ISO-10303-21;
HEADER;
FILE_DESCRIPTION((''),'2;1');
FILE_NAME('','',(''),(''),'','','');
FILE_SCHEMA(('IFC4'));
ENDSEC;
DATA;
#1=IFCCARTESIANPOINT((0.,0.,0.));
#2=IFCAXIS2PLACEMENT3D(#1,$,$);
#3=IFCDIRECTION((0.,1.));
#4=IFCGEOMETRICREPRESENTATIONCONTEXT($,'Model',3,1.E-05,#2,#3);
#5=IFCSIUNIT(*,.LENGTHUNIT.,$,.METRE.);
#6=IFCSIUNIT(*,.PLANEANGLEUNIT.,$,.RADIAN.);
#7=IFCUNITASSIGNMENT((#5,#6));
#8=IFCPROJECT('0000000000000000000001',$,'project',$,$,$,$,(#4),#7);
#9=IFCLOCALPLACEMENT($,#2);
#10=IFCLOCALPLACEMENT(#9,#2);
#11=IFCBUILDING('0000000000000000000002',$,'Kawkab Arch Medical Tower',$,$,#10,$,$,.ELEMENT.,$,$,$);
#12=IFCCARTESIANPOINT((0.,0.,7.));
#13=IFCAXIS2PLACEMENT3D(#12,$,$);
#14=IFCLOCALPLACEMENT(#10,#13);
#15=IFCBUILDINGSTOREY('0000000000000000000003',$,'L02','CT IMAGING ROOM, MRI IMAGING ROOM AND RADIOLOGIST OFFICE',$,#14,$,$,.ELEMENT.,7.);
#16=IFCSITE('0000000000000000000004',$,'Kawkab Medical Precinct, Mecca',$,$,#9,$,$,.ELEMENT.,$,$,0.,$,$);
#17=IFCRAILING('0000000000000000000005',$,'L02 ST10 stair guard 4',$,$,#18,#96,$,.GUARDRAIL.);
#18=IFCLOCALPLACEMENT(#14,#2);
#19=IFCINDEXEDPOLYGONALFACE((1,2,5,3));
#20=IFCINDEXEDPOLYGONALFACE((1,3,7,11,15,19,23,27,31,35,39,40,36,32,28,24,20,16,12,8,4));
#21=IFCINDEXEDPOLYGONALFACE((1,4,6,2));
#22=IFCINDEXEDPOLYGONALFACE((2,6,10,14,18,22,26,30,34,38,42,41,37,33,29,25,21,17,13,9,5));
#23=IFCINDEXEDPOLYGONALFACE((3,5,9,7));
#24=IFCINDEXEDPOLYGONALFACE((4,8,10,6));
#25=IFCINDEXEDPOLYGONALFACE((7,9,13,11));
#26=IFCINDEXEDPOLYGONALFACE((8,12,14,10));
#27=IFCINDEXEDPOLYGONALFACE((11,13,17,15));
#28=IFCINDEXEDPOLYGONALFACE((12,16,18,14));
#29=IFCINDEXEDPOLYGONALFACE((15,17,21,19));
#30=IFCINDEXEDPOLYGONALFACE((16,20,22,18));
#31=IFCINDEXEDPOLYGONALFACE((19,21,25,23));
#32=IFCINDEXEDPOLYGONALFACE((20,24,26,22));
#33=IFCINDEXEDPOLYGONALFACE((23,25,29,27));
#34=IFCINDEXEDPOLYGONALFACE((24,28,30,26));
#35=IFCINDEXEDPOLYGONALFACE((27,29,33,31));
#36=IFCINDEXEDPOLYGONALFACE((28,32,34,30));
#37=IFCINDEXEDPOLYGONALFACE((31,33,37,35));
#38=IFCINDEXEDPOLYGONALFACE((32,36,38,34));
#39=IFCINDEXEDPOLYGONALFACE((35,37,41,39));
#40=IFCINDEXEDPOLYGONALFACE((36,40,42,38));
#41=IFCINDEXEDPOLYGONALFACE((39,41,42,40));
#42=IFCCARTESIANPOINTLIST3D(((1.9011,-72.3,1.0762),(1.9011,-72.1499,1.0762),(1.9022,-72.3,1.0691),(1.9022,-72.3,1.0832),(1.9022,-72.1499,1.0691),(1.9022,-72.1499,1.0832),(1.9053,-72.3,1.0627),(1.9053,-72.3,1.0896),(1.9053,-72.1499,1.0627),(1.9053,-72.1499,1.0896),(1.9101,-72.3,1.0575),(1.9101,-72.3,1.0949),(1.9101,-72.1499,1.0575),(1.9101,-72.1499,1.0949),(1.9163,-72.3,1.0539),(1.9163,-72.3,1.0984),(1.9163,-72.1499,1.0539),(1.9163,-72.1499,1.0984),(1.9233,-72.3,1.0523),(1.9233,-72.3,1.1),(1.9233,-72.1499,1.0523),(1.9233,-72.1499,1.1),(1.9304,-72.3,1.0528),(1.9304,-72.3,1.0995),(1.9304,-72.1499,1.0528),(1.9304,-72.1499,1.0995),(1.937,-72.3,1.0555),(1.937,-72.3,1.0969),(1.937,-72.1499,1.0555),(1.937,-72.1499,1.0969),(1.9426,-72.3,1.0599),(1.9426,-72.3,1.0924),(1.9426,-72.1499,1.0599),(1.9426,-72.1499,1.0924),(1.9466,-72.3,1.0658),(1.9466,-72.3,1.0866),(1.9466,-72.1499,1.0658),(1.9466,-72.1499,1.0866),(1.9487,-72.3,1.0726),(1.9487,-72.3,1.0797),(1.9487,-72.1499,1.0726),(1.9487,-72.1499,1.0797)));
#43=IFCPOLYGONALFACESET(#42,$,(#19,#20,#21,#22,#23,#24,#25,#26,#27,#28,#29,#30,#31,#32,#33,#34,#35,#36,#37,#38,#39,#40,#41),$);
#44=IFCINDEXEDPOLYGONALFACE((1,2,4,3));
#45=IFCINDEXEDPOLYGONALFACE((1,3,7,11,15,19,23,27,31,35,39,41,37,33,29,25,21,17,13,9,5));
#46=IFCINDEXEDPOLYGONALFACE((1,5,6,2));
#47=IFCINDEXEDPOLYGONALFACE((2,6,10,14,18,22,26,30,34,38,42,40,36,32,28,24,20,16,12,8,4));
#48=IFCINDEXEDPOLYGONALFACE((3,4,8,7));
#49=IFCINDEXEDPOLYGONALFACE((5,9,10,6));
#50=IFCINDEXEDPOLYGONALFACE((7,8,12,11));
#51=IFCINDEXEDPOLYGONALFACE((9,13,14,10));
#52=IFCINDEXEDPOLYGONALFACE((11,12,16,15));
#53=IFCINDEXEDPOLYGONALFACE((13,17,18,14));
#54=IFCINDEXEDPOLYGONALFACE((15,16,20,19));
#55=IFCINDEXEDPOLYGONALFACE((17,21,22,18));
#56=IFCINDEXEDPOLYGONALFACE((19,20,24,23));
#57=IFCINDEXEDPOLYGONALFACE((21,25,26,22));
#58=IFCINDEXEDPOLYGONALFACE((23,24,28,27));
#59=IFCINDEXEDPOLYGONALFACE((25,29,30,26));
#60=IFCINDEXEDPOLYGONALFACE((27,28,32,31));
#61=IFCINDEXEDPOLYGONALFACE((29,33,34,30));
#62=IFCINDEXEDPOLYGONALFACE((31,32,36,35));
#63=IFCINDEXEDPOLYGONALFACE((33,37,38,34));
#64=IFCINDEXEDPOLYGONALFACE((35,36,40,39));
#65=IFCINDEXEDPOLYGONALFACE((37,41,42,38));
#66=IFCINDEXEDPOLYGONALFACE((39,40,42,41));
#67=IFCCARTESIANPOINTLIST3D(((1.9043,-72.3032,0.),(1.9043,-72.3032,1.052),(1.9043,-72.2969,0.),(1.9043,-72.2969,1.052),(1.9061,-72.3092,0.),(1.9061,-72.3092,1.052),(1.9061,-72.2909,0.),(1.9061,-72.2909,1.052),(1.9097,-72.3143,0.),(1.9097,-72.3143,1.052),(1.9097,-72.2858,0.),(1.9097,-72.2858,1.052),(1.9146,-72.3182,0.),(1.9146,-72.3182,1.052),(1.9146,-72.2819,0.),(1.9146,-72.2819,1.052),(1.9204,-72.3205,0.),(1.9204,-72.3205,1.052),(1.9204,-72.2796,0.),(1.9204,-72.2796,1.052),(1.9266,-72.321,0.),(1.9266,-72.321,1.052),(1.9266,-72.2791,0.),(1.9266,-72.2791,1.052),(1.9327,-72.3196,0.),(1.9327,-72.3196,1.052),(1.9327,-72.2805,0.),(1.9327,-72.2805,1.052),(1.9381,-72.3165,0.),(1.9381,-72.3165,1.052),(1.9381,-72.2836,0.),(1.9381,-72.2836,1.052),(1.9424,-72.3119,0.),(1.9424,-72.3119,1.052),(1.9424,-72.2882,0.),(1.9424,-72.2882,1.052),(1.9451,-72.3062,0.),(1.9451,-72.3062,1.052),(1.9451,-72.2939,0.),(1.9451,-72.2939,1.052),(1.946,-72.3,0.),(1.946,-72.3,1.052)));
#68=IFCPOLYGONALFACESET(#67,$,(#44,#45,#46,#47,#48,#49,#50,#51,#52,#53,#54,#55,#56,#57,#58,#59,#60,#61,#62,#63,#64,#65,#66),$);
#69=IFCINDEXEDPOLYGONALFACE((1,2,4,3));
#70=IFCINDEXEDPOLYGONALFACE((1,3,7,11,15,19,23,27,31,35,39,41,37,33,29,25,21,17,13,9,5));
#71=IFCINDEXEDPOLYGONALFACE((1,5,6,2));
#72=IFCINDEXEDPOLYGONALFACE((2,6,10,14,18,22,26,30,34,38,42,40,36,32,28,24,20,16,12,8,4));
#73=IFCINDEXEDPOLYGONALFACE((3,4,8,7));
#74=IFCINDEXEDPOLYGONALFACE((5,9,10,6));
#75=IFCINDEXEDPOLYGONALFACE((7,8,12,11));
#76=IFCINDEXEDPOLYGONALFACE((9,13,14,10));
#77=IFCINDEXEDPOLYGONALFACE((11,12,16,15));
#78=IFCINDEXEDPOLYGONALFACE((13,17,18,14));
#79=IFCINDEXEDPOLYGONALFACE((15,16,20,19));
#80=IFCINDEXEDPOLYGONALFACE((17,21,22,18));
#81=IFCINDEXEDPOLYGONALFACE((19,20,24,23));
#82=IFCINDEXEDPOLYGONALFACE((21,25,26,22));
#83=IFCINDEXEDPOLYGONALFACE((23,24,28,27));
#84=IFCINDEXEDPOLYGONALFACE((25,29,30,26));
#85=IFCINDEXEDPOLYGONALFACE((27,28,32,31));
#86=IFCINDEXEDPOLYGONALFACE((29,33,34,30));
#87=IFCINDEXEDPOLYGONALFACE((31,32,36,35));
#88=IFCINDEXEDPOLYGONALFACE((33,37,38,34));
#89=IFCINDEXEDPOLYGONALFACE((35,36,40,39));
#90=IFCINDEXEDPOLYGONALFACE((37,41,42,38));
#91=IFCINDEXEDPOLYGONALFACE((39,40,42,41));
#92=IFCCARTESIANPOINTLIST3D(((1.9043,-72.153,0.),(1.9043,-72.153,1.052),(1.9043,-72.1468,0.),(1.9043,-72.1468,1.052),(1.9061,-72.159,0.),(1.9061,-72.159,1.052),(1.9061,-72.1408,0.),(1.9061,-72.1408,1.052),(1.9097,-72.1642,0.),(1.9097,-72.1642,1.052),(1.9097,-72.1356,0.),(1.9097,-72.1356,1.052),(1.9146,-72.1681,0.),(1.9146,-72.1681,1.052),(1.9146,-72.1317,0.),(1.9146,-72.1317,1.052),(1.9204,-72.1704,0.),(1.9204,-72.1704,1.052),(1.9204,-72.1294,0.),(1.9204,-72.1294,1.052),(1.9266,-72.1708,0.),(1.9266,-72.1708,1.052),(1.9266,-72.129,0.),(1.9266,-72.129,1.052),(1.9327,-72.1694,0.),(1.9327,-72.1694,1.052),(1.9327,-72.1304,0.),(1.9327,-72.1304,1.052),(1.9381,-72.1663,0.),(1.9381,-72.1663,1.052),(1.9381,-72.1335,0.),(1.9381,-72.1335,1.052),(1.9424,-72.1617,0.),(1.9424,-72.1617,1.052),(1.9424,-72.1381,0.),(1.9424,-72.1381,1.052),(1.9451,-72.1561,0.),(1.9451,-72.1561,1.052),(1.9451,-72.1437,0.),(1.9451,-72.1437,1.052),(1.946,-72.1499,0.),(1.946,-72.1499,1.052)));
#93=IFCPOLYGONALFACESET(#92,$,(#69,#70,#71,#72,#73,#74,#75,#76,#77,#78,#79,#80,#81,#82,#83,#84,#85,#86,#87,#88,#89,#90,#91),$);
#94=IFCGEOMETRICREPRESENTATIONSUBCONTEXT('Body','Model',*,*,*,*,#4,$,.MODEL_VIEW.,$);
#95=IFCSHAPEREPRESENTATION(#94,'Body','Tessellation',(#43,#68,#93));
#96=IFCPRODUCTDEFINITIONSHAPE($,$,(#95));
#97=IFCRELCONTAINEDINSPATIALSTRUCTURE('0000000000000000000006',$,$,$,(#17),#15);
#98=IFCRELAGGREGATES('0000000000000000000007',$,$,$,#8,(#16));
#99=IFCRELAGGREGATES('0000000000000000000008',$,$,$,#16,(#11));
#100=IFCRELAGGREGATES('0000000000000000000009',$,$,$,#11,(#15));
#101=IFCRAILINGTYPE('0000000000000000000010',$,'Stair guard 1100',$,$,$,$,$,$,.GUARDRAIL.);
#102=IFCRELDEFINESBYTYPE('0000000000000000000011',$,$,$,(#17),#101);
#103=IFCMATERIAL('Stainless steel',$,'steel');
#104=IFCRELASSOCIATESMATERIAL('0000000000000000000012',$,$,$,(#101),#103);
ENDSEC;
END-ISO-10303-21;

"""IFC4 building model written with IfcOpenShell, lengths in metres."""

from ifc_helpers import new_model, si_unit, direction, frame, origin, origin_2d, place, context, subcontext, project, spatial, circle, extrude, material, type_object, element, save


model = new_model("IFC4")

# Units and contexts
model_context = context("Model", 3, precision=1e-05, world=origin(), true_north=direction((0.0, 1.0)))
body_context = subcontext(model_context, "Body", "Model", "MODEL_VIEW")
ifc_project = project(units=[si_unit("LENGTHUNIT", "METRE"), si_unit("PLANEANGLEUNIT", "RADIAN")], contexts=[model_context])

# Site, building, storey
site_placement = place(None, origin())
site = spatial("IfcSite", under=ifc_project, at=site_placement, Name="Kawkab Medical Precinct, Mecca", CompositionType="ELEMENT", RefElevation=0.0)
building_placement = place(site_placement, origin())
building = spatial("IfcBuilding", under=site, at=building_placement, Name="Kawkab Arch Medical Tower", CompositionType="ELEMENT")
storey_placement = place(building_placement, frame((0.0, 0.0, 7.0)))
storey = spatial("IfcBuildingStorey", under=building, at=storey_placement, Name="L02", Description="CT IMAGING ROOM, MRI IMAGING ROOM AND RADIOLOGIST OFFICE", CompositionType="ELEMENT", Elevation=7.0)

# Railing
ifc_material_1 = material(Name="Stainless steel", Category="steel")
railing_type = type_object("IfcRailingType", Name="Stair guard 1100", PredefinedType="GUARDRAIL", material=ifc_material_1)
railing_1_placement = place(storey_placement, frame((1.925, -72.3, 0.0)))
element("IfcRailing", 1, at=railing_1_placement, inside=storey, type_object=railing_type, Name="L02 ST10 stair guard 4", PredefinedType="GUARDRAIL", context=body_context, shape_type="SweptSolid", body=[
    extrude(circle(Radius=0.0239, at=origin_2d()), frame((0.0, 0.0, 1.0762), z_axis=(0.0, 1.0, 0.0), x_axis=(-1.0, 0.0, 0.0)), (0.0, 0.0, 1.0), 0.1501),
    extrude(circle(Radius=0.021, at=origin_2d()), origin(), (0.0, 0.0, 1.0), 1.052),
    extrude(circle(Radius=0.021, at=origin_2d()), frame((0.0, 0.1501, 0.0)), (0.0, 0.0, 1.0), 1.052),
])

save(model, "model.ifc")
